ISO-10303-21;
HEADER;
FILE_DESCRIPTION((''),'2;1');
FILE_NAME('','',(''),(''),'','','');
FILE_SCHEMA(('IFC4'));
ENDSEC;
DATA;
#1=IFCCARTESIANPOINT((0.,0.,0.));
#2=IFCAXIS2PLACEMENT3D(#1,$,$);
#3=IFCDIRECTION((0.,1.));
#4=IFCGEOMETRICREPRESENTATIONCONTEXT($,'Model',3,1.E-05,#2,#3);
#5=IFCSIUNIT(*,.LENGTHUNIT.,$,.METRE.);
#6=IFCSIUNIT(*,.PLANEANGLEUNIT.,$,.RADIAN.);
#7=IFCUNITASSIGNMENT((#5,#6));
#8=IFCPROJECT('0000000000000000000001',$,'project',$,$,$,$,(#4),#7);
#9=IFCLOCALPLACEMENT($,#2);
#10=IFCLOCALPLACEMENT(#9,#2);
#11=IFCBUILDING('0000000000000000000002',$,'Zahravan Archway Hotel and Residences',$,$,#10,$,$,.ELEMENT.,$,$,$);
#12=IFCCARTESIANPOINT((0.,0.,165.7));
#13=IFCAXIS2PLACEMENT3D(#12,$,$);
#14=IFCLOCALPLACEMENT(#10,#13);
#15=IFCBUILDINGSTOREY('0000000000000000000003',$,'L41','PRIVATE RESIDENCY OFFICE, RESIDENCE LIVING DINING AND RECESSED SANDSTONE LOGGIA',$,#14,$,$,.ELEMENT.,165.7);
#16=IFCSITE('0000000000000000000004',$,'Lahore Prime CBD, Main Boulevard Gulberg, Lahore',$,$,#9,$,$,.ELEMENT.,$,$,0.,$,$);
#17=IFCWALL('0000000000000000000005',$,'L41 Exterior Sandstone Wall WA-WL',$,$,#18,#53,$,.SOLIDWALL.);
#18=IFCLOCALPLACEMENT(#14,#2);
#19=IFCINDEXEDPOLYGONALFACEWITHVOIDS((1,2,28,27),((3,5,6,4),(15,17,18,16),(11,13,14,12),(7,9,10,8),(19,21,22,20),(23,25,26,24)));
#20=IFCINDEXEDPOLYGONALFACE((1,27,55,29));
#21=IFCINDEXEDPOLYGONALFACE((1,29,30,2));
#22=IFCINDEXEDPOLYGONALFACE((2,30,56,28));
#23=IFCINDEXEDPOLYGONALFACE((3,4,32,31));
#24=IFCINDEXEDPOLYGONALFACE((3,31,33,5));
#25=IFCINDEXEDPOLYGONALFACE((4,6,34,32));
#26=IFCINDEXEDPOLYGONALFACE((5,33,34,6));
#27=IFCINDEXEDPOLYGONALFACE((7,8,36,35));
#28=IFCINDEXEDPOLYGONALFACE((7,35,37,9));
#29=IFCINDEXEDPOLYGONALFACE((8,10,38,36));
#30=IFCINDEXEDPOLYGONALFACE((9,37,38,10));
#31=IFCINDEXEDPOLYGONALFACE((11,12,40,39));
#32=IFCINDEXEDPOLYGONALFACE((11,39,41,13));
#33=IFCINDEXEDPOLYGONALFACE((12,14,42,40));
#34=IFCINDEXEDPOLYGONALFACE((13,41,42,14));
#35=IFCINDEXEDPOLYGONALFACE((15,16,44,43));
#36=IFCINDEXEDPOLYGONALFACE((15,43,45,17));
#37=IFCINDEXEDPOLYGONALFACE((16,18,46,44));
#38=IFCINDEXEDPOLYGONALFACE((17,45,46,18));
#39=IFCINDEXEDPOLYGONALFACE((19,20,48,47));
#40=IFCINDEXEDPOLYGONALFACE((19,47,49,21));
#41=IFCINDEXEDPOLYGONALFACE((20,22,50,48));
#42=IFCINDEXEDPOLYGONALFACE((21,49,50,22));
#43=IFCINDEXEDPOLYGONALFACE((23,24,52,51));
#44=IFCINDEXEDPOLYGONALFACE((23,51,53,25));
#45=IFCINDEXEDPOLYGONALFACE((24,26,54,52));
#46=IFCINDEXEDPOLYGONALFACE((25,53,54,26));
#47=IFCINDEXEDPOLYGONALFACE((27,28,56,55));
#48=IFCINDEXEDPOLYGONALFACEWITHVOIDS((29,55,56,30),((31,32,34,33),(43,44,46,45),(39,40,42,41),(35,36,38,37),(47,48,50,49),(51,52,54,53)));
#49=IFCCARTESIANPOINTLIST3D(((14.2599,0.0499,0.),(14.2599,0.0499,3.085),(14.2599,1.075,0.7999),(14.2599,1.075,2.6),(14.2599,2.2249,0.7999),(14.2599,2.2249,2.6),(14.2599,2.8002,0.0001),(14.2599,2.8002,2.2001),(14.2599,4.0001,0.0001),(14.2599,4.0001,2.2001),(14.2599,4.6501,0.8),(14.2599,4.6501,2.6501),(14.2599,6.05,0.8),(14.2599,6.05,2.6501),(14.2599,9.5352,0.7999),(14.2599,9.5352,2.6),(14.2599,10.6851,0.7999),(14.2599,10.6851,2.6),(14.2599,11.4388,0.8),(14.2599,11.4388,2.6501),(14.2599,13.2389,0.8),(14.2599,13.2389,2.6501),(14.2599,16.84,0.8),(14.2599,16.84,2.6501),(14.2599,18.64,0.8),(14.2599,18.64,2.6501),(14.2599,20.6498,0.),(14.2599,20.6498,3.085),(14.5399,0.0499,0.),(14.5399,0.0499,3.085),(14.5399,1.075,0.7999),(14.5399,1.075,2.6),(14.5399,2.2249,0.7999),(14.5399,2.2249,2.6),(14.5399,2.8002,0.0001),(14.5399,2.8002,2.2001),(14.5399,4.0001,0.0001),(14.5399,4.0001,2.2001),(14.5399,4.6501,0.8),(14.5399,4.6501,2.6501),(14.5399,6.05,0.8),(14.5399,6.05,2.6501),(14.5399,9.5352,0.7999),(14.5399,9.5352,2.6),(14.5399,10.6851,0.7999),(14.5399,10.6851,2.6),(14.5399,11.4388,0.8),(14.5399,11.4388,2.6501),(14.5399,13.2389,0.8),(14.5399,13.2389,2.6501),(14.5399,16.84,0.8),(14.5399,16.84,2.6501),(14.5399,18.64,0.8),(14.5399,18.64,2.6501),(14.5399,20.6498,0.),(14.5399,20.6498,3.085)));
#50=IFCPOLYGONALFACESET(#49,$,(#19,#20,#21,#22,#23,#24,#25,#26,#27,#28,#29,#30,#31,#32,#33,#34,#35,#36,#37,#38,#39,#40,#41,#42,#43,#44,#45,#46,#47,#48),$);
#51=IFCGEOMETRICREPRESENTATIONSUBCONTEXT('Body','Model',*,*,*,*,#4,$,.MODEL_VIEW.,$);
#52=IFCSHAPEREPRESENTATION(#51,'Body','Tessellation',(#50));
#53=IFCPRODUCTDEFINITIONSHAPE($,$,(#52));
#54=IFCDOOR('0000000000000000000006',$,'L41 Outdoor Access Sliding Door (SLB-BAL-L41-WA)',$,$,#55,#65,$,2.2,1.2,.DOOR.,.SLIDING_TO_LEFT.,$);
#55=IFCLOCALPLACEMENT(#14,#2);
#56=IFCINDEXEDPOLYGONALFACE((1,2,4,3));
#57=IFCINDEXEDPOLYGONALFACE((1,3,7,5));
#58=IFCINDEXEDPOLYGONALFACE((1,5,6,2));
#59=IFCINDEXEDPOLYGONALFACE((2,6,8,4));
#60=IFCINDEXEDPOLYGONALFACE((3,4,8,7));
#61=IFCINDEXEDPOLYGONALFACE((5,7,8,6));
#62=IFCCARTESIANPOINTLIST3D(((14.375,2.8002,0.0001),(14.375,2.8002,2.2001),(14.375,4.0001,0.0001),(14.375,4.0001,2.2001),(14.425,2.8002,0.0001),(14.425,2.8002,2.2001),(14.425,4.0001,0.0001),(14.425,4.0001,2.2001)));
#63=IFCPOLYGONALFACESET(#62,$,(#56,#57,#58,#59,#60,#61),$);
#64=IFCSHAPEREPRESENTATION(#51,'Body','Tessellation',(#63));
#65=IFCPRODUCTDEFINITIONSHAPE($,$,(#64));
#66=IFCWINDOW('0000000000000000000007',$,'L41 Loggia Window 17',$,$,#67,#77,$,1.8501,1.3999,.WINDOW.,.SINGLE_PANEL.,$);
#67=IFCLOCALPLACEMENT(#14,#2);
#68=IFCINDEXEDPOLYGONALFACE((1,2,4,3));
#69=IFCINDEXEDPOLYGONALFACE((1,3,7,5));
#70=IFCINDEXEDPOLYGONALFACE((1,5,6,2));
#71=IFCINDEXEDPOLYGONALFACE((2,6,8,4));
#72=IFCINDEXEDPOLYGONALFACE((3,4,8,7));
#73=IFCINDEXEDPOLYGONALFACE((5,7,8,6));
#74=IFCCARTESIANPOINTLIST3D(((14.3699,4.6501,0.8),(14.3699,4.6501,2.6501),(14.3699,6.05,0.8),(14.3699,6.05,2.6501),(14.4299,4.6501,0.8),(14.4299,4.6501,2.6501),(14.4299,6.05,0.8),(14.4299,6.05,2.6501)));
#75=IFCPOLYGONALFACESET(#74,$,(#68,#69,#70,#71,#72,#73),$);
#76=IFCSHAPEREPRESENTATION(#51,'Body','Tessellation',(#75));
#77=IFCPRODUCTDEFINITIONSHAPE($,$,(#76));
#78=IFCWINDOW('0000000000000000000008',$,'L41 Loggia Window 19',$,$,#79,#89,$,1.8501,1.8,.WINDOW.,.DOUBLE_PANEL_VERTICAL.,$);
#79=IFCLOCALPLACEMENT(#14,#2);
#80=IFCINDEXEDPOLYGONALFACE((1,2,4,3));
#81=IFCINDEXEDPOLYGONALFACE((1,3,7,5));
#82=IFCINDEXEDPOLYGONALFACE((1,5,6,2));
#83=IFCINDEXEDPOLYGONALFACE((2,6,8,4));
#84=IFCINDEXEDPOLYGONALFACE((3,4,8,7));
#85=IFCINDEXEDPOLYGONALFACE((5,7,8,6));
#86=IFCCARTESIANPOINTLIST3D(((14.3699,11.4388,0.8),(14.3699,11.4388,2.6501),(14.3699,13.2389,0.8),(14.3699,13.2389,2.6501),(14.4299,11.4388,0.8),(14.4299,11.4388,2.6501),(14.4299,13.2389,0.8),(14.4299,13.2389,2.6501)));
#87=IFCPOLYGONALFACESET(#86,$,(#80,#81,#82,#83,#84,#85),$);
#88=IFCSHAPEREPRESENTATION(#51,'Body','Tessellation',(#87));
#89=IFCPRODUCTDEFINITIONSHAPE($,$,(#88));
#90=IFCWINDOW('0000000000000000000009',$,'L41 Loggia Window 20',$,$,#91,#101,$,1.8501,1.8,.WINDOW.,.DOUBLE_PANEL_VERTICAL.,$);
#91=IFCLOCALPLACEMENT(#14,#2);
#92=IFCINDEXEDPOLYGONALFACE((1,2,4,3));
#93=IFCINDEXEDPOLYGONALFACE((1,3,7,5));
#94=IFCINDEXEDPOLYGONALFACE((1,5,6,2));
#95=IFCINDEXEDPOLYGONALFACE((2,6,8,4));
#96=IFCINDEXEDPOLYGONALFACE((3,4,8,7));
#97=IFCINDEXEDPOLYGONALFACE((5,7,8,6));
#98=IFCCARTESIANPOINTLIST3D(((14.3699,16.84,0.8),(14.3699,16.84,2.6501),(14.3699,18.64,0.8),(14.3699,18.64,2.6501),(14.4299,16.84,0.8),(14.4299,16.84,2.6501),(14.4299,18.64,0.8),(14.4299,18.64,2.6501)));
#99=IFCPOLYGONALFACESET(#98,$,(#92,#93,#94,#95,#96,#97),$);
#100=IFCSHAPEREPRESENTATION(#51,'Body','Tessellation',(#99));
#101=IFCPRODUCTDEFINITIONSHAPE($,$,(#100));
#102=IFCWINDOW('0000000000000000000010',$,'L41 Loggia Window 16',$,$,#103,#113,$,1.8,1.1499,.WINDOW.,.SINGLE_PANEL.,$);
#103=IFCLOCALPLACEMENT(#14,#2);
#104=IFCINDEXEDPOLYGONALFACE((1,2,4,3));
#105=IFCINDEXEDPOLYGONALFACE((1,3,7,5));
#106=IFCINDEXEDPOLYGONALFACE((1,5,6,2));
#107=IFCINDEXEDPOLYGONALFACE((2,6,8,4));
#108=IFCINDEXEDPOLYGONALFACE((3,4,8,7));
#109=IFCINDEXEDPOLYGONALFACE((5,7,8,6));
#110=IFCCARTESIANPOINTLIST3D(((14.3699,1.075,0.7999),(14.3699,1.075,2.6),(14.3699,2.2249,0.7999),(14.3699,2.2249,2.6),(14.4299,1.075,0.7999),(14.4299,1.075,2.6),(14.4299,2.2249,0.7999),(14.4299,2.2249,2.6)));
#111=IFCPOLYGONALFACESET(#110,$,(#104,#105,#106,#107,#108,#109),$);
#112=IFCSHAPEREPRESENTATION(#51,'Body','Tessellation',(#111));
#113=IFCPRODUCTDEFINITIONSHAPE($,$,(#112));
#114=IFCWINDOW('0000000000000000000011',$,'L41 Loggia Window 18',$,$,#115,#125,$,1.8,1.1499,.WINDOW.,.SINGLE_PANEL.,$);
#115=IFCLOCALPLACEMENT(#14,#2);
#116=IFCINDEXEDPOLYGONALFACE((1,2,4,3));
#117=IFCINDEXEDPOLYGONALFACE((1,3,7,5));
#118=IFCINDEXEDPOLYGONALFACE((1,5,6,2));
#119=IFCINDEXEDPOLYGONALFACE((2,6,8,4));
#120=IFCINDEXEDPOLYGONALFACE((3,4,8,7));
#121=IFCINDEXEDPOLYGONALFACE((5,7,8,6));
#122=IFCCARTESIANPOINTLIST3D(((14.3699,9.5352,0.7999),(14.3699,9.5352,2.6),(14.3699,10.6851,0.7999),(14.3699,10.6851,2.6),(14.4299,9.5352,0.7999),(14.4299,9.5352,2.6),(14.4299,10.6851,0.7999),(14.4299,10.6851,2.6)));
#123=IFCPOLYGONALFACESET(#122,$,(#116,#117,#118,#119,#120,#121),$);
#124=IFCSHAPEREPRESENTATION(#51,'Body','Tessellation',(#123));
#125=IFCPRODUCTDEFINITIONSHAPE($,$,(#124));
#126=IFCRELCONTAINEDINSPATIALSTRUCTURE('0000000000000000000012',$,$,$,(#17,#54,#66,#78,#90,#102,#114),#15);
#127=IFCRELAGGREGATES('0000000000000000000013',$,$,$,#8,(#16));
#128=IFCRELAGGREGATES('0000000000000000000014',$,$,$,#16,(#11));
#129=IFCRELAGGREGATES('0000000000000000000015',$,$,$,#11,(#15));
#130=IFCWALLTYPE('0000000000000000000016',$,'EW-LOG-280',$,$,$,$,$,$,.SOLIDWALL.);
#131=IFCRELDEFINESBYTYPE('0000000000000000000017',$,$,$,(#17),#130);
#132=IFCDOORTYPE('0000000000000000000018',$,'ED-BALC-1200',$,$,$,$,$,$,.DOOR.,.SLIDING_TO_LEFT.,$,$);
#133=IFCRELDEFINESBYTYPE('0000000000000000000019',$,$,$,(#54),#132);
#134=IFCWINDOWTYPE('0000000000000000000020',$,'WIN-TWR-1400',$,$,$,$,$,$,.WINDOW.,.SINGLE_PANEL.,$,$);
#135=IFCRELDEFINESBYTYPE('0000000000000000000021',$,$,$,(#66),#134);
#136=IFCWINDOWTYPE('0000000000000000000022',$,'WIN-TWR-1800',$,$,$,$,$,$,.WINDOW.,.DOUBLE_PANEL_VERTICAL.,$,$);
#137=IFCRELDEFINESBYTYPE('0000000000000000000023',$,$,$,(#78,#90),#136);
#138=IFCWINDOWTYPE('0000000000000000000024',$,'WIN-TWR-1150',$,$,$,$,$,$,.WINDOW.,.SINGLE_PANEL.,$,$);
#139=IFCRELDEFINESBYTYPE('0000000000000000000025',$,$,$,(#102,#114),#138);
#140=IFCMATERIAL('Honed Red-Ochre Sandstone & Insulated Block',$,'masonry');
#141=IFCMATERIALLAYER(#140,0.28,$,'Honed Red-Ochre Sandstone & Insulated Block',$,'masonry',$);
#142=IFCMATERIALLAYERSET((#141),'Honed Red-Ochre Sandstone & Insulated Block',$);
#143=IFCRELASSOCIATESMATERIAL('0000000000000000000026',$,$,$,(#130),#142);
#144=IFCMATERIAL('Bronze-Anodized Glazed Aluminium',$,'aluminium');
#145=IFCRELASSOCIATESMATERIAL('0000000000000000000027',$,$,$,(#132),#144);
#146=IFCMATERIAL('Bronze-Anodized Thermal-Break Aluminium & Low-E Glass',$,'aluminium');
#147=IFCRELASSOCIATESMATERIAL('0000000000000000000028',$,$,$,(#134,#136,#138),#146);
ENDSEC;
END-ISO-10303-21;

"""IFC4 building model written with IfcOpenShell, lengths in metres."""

from ifc_helpers import new_model, si_unit, direction, frame, frame_2d, origin, place, context, subcontext, project, spatial, rectangle, extrude, source, transform, mapped, material, layer, layer_set, type_object, type_shapes, element, fill, save


model = new_model("IFC4")

# Units and contexts
model_context = context("Model", 3, precision=1e-05, world=origin(), true_north=direction((0.0, 1.0)))
body_context = subcontext(model_context, "Body", "Model", "MODEL_VIEW")
ifc_project = project(units=[si_unit("LENGTHUNIT", "METRE"), si_unit("PLANEANGLEUNIT", "RADIAN")], contexts=[model_context])

# Site, building, storey
site_placement = place(None, origin())
site = spatial("IfcSite", under=ifc_project, at=site_placement, Name="Lahore Prime CBD, Main Boulevard Gulberg, Lahore", CompositionType="ELEMENT", RefElevation=0.0)
building_placement = place(site_placement, origin())
building = spatial("IfcBuilding", under=site, at=building_placement, Name="Zahravan Archway Hotel and Residences", CompositionType="ELEMENT")
storey_placement = place(building_placement, frame((0.0, 0.0, 165.7)))
storey = spatial("IfcBuildingStorey", under=building, at=storey_placement, Name="L41", Description="PRIVATE RESIDENCY OFFICE, RESIDENCE LIVING DINING AND RECESSED SANDSTONE LOGGIA", CompositionType="ELEMENT", Elevation=165.7)

# Wall, openings, door, windows
ifc_material_1 = material(Name="Honed Red-Ochre Sandstone & Insulated Block", Category="masonry")
ifc_layer = layer(ifc_material_1, 0.28, Name="Honed Red-Ochre Sandstone & Insulated Block", Category="masonry")
ifc_layer_set = layer_set([ifc_layer], Name="Honed Red-Ochre Sandstone & Insulated Block")
wall_type = type_object("IfcWallType", Name="EW-LOG-280", PredefinedType="SOLIDWALL", material=ifc_layer_set)
ifc_material_2 = material(Name="Bronze-Anodized Glazed Aluminium", Category="aluminium")
door_type = type_object("IfcDoorType", Name="ED-BALC-1200", OperationType="SLIDING_TO_LEFT", PredefinedType="DOOR", material=ifc_material_2)
shared_shape_1 = source(origin(), body_context, "Body", "SweptSolid", [
    extrude(rectangle(XDim=1.2, YDim=2.2, at=frame_2d((0.6001, 1.1001))), frame((0.0, 0.0249, 0.0), z_axis=(0.0, -1.0, 0.0), x_axis=(1.0, 0.0, 0.0)), (0.0, 0.0, 1.0), 0.05),
])
type_shapes(door_type, [shared_shape_1])
ifc_material_3 = material(Name="Bronze-Anodized Thermal-Break Aluminium & Low-E Glass", Category="aluminium")
window_type_1 = type_object("IfcWindowType", Name="WIN-TWR-1400", PartitioningType="SINGLE_PANEL", PredefinedType="WINDOW", material=ifc_material_3)
shared_shape_2 = source(origin(), body_context, "Body", "SweptSolid", [
    extrude(rectangle(XDim=1.3999, YDim=1.8501, at=frame_2d((0.7, 0.925))), frame((0.0, 0.03, 0.0), z_axis=(0.0, -1.0, 0.0), x_axis=(1.0, 0.0, 0.0)), (0.0, 0.0, 1.0), 0.0601),
])
type_shapes(window_type_1, [shared_shape_2])
window_type_2 = type_object("IfcWindowType", Name="WIN-TWR-1800", PartitioningType="DOUBLE_PANEL_VERTICAL", PredefinedType="WINDOW", material=ifc_material_3)
shared_shape_3 = source(origin(), body_context, "Body", "SweptSolid", [
    extrude(rectangle(XDim=1.8, YDim=1.8501, at=frame_2d((0.8999, 0.925))), frame((0.0, 0.03, 0.0), z_axis=(0.0, -1.0, 0.0), x_axis=(1.0, 0.0, 0.0)), (0.0, 0.0, 1.0), 0.0601),
])
type_shapes(window_type_2, [shared_shape_3])
window_type_3 = type_object("IfcWindowType", Name="WIN-TWR-1150", PartitioningType="SINGLE_PANEL", PredefinedType="WINDOW", material=ifc_material_3)
shared_shape_4 = source(origin(), body_context, "Body", "SweptSolid", [
    extrude(rectangle(XDim=1.1499, YDim=1.8, at=frame_2d((0.575, 0.8999))), frame((0.0, 0.03, 0.0), z_axis=(0.0, -1.0, 0.0), x_axis=(1.0, 0.0, 0.0)), (0.0, 0.0, 1.0), 0.0601),
])
type_shapes(window_type_3, [shared_shape_4])
wall_1_placement = place(storey_placement, frame((14.3999, 0.05, 0.0), z_axis=(0.0, 0.0, 1.0), x_axis=(0.0, 1.0, 0.0)))
wall_1 = element("IfcWall", 1, at=wall_1_placement, inside=storey, type_object=wall_type, Name="L41 Exterior Sandstone Wall WA-WL", PredefinedType="SOLIDWALL", context=body_context, shape_type="SweptSolid", body=[
    extrude(rectangle(XDim=20.5999, YDim=0.28, at=frame_2d((10.2998, 0.0))), origin(), (0.0, 0.0, 1.0), 3.085),
])
opening_1_placement = place(wall_1_placement, frame((2.75, 0.0, 0.0)))
opening_1 = element("IfcOpeningElement", 2, at=opening_1_placement, cuts=wall_1, PredefinedType="OPENING", context=body_context, shape_type="SweptSolid", body=[
    extrude(rectangle(XDim=1.2, YDim=2.2, at=frame_2d((0.6001, 1.1001))), frame((0.0, 0.1499, 0.0), z_axis=(0.0, -1.0, 0.0), x_axis=(1.0, 0.0, 0.0)), (0.0, 0.0, 1.0), 0.3),
])
opening_2_placement = place(wall_1_placement, frame((1.0249, 0.0, 0.8)))
opening_2 = element("IfcOpeningElement", 3, at=opening_2_placement, cuts=wall_1, PredefinedType="OPENING", context=body_context, shape_type="SweptSolid", body=[
    extrude(rectangle(XDim=1.1499, YDim=1.8, at=frame_2d((0.575, 0.8999))), frame((0.0, 0.1499, 0.0), z_axis=(0.0, -1.0, 0.0), x_axis=(1.0, 0.0, 0.0)), (0.0, 0.0, 1.0), 0.3),
])
opening_3_placement = place(wall_1_placement, frame((4.6001, 0.0, 0.8)))
opening_3 = element("IfcOpeningElement", 4, at=opening_3_placement, cuts=wall_1, PredefinedType="OPENING", context=body_context, shape_type="SweptSolid", body=[
    extrude(rectangle(XDim=1.3999, YDim=1.8501, at=frame_2d((0.7, 0.925))), frame((0.0, 0.1499, 0.0), z_axis=(0.0, -1.0, 0.0), x_axis=(1.0, 0.0, 0.0)), (0.0, 0.0, 1.0), 0.3),
])
opening_4_placement = place(wall_1_placement, frame((9.4851, 0.0, 0.8)))
opening_4 = element("IfcOpeningElement", 5, at=opening_4_placement, cuts=wall_1, PredefinedType="OPENING", context=body_context, shape_type="SweptSolid", body=[
    extrude(rectangle(XDim=1.1499, YDim=1.8, at=frame_2d((0.575, 0.8999))), frame((0.0, 0.1499, 0.0), z_axis=(0.0, -1.0, 0.0), x_axis=(1.0, 0.0, 0.0)), (0.0, 0.0, 1.0), 0.3),
])
opening_5_placement = place(wall_1_placement, frame((11.3889, 0.0, 0.8)))
opening_5 = element("IfcOpeningElement", 6, at=opening_5_placement, cuts=wall_1, PredefinedType="OPENING", context=body_context, shape_type="SweptSolid", body=[
    extrude(rectangle(XDim=1.8, YDim=1.8501, at=frame_2d((0.8999, 0.925))), frame((0.0, 0.1499, 0.0), z_axis=(0.0, -1.0, 0.0), x_axis=(1.0, 0.0, 0.0)), (0.0, 0.0, 1.0), 0.3),
])
opening_6_placement = place(wall_1_placement, frame((16.79, 0.0, 0.8)))
opening_6 = element("IfcOpeningElement", 7, at=opening_6_placement, cuts=wall_1, PredefinedType="OPENING", context=body_context, shape_type="SweptSolid", body=[
    extrude(rectangle(XDim=1.8, YDim=1.8501, at=frame_2d((0.8999, 0.925))), frame((0.0, 0.1499, 0.0), z_axis=(0.0, -1.0, 0.0), x_axis=(1.0, 0.0, 0.0)), (0.0, 0.0, 1.0), 0.3),
])
door_1_placement = place(opening_1_placement, origin())
door_1 = element("IfcDoor", 8, at=door_1_placement, inside=storey, type_object=door_type, Name="L41 Outdoor Access Sliding Door (SLB-BAL-L41-WA)", OperationType="SLIDING_TO_LEFT", OverallHeight=2.2, OverallWidth=1.2, PredefinedType="DOOR", context=body_context, shape_type="MappedRepresentation", body=[
    mapped(shared_shape_1, transform((0.0, 0.0, 0.0), scale=1.0)),
])
fill(opening_1, door_1)
window_1_placement = place(opening_3_placement, origin())
window_1 = element("IfcWindow", 9, at=window_1_placement, inside=storey, type_object=window_type_1, Name="L41 Loggia Window 17", OverallHeight=1.8501, OverallWidth=1.3999, PartitioningType="SINGLE_PANEL", PredefinedType="WINDOW", context=body_context, shape_type="MappedRepresentation", body=[
    mapped(shared_shape_2, transform((0.0, 0.0, 0.0), scale=1.0)),
])
fill(opening_3, window_1)
window_2_placement = place(opening_5_placement, origin())
window_2 = element("IfcWindow", 10, at=window_2_placement, inside=storey, type_object=window_type_2, Name="L41 Loggia Window 19", OverallHeight=1.8501, OverallWidth=1.8, PartitioningType="DOUBLE_PANEL_VERTICAL", PredefinedType="WINDOW", context=body_context, shape_type="MappedRepresentation", body=[
    mapped(shared_shape_3, transform((0.0, 0.0, 0.0), scale=1.0)),
])
fill(opening_5, window_2)
window_3_placement = place(opening_6_placement, origin())
window_3 = element("IfcWindow", 11, at=window_3_placement, inside=storey, type_object=window_type_2, Name="L41 Loggia Window 20", OverallHeight=1.8501, OverallWidth=1.8, PartitioningType="DOUBLE_PANEL_VERTICAL", PredefinedType="WINDOW", context=body_context, shape_type="MappedRepresentation", body=[
    mapped(shared_shape_3, transform((0.0, 0.0, 0.0), scale=1.0)),
])
fill(opening_6, window_3)
window_4_placement = place(opening_2_placement, origin())
window_4 = element("IfcWindow", 12, at=window_4_placement, inside=storey, type_object=window_type_3, Name="L41 Loggia Window 16", OverallHeight=1.8, OverallWidth=1.1499, PartitioningType="SINGLE_PANEL", PredefinedType="WINDOW", context=body_context, shape_type="MappedRepresentation", body=[
    mapped(shared_shape_4, transform((0.0, 0.0, 0.0), scale=1.0)),
])
fill(opening_2, window_4)
window_5_placement = place(opening_4_placement, origin())
window_5 = element("IfcWindow", 13, at=window_5_placement, inside=storey, type_object=window_type_3, Name="L41 Loggia Window 18", OverallHeight=1.8, OverallWidth=1.1499, PartitioningType="SINGLE_PANEL", PredefinedType="WINDOW", context=body_context, shape_type="MappedRepresentation", body=[
    mapped(shared_shape_4, transform((0.0, 0.0, 0.0), scale=1.0)),
])
fill(opening_4, window_5)

save(model, "model.ifc")
